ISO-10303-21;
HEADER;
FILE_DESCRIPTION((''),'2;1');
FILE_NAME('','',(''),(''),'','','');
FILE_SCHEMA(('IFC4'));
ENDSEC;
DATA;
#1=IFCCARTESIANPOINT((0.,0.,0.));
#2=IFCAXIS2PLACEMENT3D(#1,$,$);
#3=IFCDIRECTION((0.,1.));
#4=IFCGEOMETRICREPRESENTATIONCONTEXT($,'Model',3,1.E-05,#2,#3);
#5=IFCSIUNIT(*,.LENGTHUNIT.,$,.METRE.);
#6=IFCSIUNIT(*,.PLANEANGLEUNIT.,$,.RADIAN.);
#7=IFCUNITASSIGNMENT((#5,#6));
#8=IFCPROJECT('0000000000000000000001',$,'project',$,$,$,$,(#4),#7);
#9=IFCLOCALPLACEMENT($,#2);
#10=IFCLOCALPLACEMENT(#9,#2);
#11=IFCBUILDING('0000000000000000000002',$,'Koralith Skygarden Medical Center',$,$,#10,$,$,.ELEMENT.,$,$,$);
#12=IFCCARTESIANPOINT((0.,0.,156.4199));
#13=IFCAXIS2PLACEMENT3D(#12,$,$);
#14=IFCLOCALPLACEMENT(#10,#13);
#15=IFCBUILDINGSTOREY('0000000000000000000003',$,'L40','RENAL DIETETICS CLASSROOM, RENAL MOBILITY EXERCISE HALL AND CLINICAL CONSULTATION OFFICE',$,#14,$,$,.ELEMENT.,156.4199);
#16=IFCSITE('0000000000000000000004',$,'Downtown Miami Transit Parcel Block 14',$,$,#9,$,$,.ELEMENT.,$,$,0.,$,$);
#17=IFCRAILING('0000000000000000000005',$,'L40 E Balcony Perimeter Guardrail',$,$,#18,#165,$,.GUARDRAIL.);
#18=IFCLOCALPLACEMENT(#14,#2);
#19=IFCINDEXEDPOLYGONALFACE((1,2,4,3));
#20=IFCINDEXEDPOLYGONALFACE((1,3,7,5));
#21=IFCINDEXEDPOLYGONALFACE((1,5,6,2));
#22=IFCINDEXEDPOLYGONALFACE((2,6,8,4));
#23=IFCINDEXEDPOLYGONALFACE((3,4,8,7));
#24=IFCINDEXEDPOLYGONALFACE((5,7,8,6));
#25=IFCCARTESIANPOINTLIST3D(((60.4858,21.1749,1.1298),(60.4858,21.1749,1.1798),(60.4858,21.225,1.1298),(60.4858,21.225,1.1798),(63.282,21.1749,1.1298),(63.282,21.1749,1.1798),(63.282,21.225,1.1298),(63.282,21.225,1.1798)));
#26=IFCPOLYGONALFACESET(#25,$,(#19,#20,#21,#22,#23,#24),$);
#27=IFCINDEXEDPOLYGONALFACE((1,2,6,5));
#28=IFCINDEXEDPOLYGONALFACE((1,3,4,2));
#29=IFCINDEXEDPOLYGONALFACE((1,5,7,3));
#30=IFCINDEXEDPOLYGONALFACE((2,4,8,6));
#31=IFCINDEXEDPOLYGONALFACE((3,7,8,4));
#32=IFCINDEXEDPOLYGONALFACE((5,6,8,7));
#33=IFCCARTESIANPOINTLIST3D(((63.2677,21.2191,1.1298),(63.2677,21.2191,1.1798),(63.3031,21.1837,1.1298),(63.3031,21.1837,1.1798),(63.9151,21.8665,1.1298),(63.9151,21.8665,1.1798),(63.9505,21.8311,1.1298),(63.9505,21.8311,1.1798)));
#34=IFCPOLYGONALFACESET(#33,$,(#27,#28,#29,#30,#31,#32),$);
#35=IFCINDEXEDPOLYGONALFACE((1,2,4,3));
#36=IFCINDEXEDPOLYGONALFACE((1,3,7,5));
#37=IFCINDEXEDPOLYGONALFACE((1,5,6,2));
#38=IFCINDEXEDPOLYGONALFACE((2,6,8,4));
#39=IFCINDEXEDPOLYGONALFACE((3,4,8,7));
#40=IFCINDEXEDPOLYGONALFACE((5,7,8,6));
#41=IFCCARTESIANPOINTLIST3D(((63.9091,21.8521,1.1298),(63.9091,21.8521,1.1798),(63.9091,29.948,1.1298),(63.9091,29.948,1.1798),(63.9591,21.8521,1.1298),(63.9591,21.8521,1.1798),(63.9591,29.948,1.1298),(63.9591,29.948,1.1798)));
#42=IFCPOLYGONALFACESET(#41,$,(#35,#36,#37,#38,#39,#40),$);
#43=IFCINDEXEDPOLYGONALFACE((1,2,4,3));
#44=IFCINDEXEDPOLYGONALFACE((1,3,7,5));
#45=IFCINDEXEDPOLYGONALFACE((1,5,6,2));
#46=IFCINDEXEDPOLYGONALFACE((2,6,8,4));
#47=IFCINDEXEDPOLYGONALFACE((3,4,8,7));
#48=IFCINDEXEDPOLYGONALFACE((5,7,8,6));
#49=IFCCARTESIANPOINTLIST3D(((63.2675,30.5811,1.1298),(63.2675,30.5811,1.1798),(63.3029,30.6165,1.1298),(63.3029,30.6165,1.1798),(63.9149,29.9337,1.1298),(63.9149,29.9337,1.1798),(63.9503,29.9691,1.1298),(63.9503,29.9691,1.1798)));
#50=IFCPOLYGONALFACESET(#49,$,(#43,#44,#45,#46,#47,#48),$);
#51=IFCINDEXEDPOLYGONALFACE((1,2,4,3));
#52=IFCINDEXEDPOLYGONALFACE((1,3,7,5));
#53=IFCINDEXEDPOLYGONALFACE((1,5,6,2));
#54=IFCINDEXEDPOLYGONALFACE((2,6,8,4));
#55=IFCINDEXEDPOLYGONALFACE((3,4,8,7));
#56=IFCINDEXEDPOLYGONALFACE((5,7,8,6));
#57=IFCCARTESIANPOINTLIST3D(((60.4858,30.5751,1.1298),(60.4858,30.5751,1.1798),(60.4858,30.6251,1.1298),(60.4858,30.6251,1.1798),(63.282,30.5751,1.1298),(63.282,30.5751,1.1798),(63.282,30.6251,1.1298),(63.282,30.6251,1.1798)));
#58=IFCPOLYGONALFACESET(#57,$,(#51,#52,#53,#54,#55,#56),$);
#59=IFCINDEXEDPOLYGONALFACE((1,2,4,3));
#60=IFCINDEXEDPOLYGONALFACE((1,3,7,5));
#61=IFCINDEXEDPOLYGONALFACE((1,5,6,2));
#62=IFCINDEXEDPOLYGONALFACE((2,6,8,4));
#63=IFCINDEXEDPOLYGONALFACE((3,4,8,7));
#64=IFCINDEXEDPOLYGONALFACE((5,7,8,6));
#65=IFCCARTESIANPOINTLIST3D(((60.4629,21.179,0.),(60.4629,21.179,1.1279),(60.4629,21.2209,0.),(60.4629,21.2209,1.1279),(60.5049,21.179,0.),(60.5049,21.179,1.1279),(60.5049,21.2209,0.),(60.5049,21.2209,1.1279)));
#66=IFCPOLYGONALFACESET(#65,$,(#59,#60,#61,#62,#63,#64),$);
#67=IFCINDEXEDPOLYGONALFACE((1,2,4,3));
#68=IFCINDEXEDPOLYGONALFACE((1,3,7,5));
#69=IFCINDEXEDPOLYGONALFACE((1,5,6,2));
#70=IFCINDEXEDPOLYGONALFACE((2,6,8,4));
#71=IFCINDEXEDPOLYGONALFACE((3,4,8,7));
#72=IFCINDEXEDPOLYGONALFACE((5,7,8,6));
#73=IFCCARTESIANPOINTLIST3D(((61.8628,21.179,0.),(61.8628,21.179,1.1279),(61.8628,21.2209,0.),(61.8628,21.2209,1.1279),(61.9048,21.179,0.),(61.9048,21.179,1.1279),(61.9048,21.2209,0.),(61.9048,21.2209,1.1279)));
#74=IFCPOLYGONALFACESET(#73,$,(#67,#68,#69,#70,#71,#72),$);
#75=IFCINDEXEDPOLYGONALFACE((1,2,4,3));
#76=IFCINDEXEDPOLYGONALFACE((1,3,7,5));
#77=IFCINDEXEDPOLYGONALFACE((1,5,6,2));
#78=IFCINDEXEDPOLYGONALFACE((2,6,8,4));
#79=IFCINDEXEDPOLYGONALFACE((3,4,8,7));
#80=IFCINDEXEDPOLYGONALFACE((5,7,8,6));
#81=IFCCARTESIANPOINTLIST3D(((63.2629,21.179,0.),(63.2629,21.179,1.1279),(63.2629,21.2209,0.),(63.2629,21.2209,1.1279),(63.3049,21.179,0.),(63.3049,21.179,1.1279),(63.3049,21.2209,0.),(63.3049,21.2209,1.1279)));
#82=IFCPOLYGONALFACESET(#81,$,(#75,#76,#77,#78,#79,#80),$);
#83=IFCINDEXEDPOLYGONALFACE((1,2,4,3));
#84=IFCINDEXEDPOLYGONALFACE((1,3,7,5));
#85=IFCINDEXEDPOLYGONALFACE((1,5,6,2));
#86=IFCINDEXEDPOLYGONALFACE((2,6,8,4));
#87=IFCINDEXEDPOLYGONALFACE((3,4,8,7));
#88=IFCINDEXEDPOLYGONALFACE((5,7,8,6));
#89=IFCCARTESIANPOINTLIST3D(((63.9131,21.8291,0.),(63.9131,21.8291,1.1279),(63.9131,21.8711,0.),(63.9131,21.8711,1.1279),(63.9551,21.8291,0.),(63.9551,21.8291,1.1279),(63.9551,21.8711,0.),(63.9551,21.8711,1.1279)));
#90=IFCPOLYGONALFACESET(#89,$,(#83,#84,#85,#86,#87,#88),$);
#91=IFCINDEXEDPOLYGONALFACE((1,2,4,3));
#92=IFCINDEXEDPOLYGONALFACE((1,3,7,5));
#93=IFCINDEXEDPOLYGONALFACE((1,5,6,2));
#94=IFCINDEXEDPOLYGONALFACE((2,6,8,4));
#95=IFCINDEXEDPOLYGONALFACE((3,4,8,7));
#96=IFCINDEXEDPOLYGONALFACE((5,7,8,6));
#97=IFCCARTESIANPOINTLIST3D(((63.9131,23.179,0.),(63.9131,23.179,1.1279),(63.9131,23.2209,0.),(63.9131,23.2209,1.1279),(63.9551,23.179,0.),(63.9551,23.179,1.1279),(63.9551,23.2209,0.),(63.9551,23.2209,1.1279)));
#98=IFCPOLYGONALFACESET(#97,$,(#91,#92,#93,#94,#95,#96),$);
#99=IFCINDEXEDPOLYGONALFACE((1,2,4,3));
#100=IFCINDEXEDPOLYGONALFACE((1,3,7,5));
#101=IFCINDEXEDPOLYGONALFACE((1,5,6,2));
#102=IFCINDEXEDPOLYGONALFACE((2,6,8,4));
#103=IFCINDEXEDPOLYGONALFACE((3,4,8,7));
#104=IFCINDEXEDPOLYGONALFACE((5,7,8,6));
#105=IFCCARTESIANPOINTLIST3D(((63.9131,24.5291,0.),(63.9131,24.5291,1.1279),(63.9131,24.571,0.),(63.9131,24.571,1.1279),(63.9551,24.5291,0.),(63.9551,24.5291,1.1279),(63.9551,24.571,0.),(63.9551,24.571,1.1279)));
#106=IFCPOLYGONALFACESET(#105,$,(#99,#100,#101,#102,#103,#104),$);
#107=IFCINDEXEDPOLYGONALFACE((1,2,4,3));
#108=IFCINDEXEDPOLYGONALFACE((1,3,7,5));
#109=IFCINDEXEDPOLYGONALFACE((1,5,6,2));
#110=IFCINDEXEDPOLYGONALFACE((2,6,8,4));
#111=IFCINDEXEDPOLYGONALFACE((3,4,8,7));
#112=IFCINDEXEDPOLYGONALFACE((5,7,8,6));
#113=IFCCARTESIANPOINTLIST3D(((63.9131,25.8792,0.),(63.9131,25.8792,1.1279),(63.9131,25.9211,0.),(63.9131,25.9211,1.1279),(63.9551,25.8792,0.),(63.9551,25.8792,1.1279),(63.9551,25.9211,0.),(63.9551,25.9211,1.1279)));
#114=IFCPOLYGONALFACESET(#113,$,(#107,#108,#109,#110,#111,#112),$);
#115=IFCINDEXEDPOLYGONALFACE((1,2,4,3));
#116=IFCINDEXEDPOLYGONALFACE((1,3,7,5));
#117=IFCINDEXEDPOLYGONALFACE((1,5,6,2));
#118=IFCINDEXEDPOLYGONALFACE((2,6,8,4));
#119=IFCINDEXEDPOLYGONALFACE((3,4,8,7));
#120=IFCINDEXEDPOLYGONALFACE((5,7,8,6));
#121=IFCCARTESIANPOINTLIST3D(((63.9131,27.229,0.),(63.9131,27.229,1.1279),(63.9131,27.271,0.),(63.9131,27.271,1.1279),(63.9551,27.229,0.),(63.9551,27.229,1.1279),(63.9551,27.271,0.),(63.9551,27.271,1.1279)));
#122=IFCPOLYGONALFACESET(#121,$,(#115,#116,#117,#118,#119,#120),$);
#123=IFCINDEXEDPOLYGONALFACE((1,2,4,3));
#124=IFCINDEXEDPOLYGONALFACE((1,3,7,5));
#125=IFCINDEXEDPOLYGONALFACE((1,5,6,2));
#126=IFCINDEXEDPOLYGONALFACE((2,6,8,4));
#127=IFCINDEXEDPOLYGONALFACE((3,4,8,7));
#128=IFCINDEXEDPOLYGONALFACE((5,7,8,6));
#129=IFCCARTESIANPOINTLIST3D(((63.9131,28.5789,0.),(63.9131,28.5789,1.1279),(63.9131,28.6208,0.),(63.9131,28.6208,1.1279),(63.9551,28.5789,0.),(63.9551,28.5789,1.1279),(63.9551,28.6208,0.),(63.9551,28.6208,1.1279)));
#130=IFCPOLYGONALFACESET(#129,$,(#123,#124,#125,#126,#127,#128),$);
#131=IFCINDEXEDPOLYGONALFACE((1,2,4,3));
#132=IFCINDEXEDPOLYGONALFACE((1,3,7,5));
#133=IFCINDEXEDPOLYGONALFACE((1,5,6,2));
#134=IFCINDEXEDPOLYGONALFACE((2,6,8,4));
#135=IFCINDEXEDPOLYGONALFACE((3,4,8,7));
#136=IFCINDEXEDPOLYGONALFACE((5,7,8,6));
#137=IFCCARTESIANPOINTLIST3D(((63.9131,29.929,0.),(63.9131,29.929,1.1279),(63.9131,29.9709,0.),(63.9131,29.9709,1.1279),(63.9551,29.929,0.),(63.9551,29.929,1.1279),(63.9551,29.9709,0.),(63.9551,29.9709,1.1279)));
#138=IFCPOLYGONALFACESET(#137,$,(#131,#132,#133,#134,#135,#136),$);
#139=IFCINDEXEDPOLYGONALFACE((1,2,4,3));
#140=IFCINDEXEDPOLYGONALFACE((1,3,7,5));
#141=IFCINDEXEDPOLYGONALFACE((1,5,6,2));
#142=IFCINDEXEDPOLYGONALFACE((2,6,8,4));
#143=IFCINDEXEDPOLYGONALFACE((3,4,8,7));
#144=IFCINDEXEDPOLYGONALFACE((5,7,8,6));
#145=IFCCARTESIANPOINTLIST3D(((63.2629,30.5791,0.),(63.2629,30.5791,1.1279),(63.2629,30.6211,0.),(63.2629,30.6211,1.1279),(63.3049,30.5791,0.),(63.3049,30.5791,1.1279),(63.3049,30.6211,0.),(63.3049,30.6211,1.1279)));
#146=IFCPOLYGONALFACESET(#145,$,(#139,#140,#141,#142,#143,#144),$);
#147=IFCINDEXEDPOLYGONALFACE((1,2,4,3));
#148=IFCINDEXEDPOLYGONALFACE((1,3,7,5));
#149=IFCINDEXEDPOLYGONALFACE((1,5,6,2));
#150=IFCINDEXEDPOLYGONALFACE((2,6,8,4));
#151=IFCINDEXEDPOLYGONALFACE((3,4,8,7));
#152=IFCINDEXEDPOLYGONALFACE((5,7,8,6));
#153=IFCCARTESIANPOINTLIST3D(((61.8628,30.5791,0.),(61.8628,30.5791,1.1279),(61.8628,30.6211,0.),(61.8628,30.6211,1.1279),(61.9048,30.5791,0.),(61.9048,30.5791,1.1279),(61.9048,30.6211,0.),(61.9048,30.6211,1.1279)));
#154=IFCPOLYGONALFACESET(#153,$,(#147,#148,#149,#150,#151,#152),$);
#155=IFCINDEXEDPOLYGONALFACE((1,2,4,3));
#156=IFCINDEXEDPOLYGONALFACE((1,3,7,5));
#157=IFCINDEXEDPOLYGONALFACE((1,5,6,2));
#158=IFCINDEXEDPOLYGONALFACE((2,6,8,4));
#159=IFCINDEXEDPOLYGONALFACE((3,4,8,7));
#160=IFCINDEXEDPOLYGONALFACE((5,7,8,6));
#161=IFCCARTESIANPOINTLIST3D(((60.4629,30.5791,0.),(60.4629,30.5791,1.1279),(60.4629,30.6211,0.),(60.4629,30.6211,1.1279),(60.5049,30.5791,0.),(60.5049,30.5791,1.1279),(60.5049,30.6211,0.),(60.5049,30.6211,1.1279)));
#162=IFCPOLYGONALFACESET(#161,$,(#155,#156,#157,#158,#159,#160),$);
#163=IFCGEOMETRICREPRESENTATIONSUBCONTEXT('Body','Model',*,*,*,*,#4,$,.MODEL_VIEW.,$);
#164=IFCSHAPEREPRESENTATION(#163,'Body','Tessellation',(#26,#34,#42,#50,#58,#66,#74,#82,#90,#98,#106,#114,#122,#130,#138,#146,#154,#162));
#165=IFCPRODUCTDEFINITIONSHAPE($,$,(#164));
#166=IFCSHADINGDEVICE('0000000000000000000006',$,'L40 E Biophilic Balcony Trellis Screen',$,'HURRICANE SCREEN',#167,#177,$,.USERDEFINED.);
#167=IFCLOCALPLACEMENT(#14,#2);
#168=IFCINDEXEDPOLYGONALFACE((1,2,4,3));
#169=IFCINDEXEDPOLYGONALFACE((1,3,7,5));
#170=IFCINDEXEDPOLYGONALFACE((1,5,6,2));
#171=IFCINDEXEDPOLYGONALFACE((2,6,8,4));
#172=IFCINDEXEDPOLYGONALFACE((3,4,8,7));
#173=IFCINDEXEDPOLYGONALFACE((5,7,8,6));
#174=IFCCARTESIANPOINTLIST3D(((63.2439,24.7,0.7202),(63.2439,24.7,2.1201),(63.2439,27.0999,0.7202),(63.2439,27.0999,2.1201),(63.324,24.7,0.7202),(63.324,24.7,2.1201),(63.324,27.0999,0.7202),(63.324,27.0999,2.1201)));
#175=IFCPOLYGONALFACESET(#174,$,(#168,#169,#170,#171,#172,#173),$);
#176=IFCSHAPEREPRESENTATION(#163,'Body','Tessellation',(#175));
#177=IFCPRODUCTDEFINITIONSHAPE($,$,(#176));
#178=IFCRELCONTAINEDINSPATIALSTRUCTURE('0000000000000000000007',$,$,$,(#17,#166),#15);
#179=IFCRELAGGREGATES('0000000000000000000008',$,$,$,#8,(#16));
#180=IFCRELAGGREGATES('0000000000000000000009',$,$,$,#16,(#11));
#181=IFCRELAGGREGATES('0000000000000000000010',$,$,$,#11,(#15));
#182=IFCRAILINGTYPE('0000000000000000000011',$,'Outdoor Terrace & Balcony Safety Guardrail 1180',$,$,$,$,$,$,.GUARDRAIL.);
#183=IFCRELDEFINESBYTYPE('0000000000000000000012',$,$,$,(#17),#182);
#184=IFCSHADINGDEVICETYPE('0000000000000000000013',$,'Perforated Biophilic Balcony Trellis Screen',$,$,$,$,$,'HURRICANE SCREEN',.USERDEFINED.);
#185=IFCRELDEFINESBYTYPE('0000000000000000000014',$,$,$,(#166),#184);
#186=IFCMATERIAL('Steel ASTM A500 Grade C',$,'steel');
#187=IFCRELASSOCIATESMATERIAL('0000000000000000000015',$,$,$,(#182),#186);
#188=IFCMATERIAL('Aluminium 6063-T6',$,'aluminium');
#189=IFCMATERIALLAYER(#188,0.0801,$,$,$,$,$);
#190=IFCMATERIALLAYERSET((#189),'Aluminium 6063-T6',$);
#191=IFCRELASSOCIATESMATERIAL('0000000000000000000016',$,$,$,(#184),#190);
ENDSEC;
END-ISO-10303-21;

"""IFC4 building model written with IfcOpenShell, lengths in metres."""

from ifc_helpers import new_model, si_unit, direction, frame, origin, origin_2d, place, context, subcontext, project, spatial, rectangle, extrude, material, layer, layer_set, type_object, element, save


model = new_model("IFC4")

# Units and contexts
model_context = context("Model", 3, precision=1e-05, world=origin(), true_north=direction((0.0, 1.0)))
body_context = subcontext(model_context, "Body", "Model", "MODEL_VIEW")
ifc_project = project(units=[si_unit("LENGTHUNIT", "METRE"), si_unit("PLANEANGLEUNIT", "RADIAN")], contexts=[model_context])

# Site, building, storey
site_placement = place(None, origin())
site = spatial("IfcSite", under=ifc_project, at=site_placement, Name="Downtown Miami Transit Parcel Block 14", CompositionType="ELEMENT", RefElevation=0.0)
building_placement = place(site_placement, origin())
building = spatial("IfcBuilding", under=site, at=building_placement, Name="Koralith Skygarden Medical Center", CompositionType="ELEMENT")
storey_placement = place(building_placement, frame((0.0, 0.0, 156.4199)))
storey = spatial("IfcBuildingStorey", under=building, at=storey_placement, Name="L40", Description="RENAL DIETETICS CLASSROOM, RENAL MOBILITY EXERCISE HALL AND CLINICAL CONSULTATION OFFICE", CompositionType="ELEMENT", Elevation=156.4199)

# Shared definitions
ifc_material_1 = material(Name="Aluminium 6063-T6", Category="aluminium")

# Railing
ifc_material_2 = material(Name="Steel ASTM A500 Grade C", Category="steel")
railing_type = type_object("IfcRailingType", Name="Outdoor Terrace & Balcony Safety Guardrail 1180", PredefinedType="GUARDRAIL", material=ifc_material_2)
railing_placement = place(storey_placement, frame((60.4839, 21.2, 0.0)))
element("IfcRailing", 1, at=railing_placement, inside=storey, type_object=railing_type, Name="L40 E Balcony Perimeter Guardrail", PredefinedType="GUARDRAIL", context=body_context, shape_type="SweptSolid", body=[
    extrude(rectangle(XDim=0.05, YDim=0.05, at=origin_2d()), frame((0.002, 0.0, 1.1548), z_axis=(1.0, 0.0, 0.0), x_axis=(0.0, 1.0, 0.0)), (0.0, 0.0, 1.0), 2.7961),
    extrude(rectangle(XDim=0.05, YDim=0.05, at=origin_2d()), frame((2.8015, 0.0015, 1.1548), z_axis=(0.707107, 0.707107, 0.0), x_axis=(-0.707107, 0.707107, 0.0)), (0.0, 0.0, 1.0), 0.9155),
    extrude(rectangle(XDim=0.05, YDim=0.05, at=origin_2d()), frame((3.4502, 0.6521, 1.1548), z_axis=(0.0, 1.0, 0.0), x_axis=(-1.0, 0.0, 0.0)), (0.0, 0.0, 1.0), 8.0959),
    extrude(rectangle(XDim=0.05, YDim=0.05, at=origin_2d()), frame((3.4487, 8.7515, 1.1548), z_axis=(-0.707107, 0.707107, 0.0), x_axis=(-0.707107, -0.707107, 0.0)), (0.0, 0.0, 1.0), 0.9155),
    extrude(rectangle(XDim=0.05, YDim=0.05, at=origin_2d()), frame((2.7981, 9.4001, 1.1548), z_axis=(-1.0, 0.0, 0.0), x_axis=(0.0, -1.0, 0.0)), (0.0, 0.0, 1.0), 2.7961),
    extrude(rectangle(XDim=0.042, YDim=0.042, at=origin_2d()), origin(), (0.0, 0.0, 1.0), 1.1279),
    extrude(rectangle(XDim=0.042, YDim=0.042, at=origin_2d()), frame((1.3999, 0.0, 0.0)), (0.0, 0.0, 1.0), 1.1279),
    extrude(rectangle(XDim=0.042, YDim=0.042, at=origin_2d()), frame((2.8, 0.0, 0.0)), (0.0, 0.0, 1.0), 1.1279),
    extrude(rectangle(XDim=0.042, YDim=0.042, at=origin_2d()), frame((3.4502, 0.6501, 0.0)), (0.0, 0.0, 1.0), 1.1279),
    extrude(rectangle(XDim=0.042, YDim=0.042, at=origin_2d()), frame((3.4502, 2.0, 0.0)), (0.0, 0.0, 1.0), 1.1279),
    extrude(rectangle(XDim=0.042, YDim=0.042, at=origin_2d()), frame((3.4502, 3.3501, 0.0)), (0.0, 0.0, 1.0), 1.1279),
    extrude(rectangle(XDim=0.042, YDim=0.042, at=origin_2d()), frame((3.4502, 4.7002, 0.0)), (0.0, 0.0, 1.0), 1.1279),
    extrude(rectangle(XDim=0.042, YDim=0.042, at=origin_2d()), frame((3.4502, 6.05, 0.0)), (0.0, 0.0, 1.0), 1.1279),
    extrude(rectangle(XDim=0.042, YDim=0.042, at=origin_2d()), frame((3.4502, 7.3999, 0.0)), (0.0, 0.0, 1.0), 1.1279),
    extrude(rectangle(XDim=0.042, YDim=0.042, at=origin_2d()), frame((3.4502, 8.75, 0.0)), (0.0, 0.0, 1.0), 1.1279),
    extrude(rectangle(XDim=0.042, YDim=0.042, at=origin_2d()), frame((2.8, 9.4001, 0.0)), (0.0, 0.0, 1.0), 1.1279),
    extrude(rectangle(XDim=0.042, YDim=0.042, at=origin_2d()), frame((1.3999, 9.4001, 0.0)), (0.0, 0.0, 1.0), 1.1279),
    extrude(rectangle(XDim=0.042, YDim=0.042, at=origin_2d()), frame((0.0, 9.4001, 0.0)), (0.0, 0.0, 1.0), 1.1279),
])

# Shading device
ifc_layer_1 = layer(ifc_material_1, 0.0801)
ifc_layer_set_1 = layer_set([ifc_layer_1], Name="Aluminium 6063-T6")
shading_device_type = type_object("IfcShadingDeviceType", Name="Perforated Biophilic Balcony Trellis Screen", ElementType="HURRICANE SCREEN", PredefinedType="USERDEFINED", material=ifc_layer_set_1)
shading_device_placement = place(storey_placement, frame((63.2839, 25.8999, 0.7202), z_axis=(0.0, 0.0, 1.0), x_axis=(0.0, 1.0, 0.0)))
element("IfcShadingDevice", 2, at=shading_device_placement, inside=storey, type_object=shading_device_type, Name="L40 E Biophilic Balcony Trellis Screen", ObjectType="HURRICANE SCREEN", PredefinedType="USERDEFINED", context=body_context, shape_type="SweptSolid", body=[
    extrude(rectangle(XDim=2.3999, YDim=0.0801, at=origin_2d()), origin(), (0.0, 0.0, 1.0), 1.3999),
])

save(model, "model.ifc")
